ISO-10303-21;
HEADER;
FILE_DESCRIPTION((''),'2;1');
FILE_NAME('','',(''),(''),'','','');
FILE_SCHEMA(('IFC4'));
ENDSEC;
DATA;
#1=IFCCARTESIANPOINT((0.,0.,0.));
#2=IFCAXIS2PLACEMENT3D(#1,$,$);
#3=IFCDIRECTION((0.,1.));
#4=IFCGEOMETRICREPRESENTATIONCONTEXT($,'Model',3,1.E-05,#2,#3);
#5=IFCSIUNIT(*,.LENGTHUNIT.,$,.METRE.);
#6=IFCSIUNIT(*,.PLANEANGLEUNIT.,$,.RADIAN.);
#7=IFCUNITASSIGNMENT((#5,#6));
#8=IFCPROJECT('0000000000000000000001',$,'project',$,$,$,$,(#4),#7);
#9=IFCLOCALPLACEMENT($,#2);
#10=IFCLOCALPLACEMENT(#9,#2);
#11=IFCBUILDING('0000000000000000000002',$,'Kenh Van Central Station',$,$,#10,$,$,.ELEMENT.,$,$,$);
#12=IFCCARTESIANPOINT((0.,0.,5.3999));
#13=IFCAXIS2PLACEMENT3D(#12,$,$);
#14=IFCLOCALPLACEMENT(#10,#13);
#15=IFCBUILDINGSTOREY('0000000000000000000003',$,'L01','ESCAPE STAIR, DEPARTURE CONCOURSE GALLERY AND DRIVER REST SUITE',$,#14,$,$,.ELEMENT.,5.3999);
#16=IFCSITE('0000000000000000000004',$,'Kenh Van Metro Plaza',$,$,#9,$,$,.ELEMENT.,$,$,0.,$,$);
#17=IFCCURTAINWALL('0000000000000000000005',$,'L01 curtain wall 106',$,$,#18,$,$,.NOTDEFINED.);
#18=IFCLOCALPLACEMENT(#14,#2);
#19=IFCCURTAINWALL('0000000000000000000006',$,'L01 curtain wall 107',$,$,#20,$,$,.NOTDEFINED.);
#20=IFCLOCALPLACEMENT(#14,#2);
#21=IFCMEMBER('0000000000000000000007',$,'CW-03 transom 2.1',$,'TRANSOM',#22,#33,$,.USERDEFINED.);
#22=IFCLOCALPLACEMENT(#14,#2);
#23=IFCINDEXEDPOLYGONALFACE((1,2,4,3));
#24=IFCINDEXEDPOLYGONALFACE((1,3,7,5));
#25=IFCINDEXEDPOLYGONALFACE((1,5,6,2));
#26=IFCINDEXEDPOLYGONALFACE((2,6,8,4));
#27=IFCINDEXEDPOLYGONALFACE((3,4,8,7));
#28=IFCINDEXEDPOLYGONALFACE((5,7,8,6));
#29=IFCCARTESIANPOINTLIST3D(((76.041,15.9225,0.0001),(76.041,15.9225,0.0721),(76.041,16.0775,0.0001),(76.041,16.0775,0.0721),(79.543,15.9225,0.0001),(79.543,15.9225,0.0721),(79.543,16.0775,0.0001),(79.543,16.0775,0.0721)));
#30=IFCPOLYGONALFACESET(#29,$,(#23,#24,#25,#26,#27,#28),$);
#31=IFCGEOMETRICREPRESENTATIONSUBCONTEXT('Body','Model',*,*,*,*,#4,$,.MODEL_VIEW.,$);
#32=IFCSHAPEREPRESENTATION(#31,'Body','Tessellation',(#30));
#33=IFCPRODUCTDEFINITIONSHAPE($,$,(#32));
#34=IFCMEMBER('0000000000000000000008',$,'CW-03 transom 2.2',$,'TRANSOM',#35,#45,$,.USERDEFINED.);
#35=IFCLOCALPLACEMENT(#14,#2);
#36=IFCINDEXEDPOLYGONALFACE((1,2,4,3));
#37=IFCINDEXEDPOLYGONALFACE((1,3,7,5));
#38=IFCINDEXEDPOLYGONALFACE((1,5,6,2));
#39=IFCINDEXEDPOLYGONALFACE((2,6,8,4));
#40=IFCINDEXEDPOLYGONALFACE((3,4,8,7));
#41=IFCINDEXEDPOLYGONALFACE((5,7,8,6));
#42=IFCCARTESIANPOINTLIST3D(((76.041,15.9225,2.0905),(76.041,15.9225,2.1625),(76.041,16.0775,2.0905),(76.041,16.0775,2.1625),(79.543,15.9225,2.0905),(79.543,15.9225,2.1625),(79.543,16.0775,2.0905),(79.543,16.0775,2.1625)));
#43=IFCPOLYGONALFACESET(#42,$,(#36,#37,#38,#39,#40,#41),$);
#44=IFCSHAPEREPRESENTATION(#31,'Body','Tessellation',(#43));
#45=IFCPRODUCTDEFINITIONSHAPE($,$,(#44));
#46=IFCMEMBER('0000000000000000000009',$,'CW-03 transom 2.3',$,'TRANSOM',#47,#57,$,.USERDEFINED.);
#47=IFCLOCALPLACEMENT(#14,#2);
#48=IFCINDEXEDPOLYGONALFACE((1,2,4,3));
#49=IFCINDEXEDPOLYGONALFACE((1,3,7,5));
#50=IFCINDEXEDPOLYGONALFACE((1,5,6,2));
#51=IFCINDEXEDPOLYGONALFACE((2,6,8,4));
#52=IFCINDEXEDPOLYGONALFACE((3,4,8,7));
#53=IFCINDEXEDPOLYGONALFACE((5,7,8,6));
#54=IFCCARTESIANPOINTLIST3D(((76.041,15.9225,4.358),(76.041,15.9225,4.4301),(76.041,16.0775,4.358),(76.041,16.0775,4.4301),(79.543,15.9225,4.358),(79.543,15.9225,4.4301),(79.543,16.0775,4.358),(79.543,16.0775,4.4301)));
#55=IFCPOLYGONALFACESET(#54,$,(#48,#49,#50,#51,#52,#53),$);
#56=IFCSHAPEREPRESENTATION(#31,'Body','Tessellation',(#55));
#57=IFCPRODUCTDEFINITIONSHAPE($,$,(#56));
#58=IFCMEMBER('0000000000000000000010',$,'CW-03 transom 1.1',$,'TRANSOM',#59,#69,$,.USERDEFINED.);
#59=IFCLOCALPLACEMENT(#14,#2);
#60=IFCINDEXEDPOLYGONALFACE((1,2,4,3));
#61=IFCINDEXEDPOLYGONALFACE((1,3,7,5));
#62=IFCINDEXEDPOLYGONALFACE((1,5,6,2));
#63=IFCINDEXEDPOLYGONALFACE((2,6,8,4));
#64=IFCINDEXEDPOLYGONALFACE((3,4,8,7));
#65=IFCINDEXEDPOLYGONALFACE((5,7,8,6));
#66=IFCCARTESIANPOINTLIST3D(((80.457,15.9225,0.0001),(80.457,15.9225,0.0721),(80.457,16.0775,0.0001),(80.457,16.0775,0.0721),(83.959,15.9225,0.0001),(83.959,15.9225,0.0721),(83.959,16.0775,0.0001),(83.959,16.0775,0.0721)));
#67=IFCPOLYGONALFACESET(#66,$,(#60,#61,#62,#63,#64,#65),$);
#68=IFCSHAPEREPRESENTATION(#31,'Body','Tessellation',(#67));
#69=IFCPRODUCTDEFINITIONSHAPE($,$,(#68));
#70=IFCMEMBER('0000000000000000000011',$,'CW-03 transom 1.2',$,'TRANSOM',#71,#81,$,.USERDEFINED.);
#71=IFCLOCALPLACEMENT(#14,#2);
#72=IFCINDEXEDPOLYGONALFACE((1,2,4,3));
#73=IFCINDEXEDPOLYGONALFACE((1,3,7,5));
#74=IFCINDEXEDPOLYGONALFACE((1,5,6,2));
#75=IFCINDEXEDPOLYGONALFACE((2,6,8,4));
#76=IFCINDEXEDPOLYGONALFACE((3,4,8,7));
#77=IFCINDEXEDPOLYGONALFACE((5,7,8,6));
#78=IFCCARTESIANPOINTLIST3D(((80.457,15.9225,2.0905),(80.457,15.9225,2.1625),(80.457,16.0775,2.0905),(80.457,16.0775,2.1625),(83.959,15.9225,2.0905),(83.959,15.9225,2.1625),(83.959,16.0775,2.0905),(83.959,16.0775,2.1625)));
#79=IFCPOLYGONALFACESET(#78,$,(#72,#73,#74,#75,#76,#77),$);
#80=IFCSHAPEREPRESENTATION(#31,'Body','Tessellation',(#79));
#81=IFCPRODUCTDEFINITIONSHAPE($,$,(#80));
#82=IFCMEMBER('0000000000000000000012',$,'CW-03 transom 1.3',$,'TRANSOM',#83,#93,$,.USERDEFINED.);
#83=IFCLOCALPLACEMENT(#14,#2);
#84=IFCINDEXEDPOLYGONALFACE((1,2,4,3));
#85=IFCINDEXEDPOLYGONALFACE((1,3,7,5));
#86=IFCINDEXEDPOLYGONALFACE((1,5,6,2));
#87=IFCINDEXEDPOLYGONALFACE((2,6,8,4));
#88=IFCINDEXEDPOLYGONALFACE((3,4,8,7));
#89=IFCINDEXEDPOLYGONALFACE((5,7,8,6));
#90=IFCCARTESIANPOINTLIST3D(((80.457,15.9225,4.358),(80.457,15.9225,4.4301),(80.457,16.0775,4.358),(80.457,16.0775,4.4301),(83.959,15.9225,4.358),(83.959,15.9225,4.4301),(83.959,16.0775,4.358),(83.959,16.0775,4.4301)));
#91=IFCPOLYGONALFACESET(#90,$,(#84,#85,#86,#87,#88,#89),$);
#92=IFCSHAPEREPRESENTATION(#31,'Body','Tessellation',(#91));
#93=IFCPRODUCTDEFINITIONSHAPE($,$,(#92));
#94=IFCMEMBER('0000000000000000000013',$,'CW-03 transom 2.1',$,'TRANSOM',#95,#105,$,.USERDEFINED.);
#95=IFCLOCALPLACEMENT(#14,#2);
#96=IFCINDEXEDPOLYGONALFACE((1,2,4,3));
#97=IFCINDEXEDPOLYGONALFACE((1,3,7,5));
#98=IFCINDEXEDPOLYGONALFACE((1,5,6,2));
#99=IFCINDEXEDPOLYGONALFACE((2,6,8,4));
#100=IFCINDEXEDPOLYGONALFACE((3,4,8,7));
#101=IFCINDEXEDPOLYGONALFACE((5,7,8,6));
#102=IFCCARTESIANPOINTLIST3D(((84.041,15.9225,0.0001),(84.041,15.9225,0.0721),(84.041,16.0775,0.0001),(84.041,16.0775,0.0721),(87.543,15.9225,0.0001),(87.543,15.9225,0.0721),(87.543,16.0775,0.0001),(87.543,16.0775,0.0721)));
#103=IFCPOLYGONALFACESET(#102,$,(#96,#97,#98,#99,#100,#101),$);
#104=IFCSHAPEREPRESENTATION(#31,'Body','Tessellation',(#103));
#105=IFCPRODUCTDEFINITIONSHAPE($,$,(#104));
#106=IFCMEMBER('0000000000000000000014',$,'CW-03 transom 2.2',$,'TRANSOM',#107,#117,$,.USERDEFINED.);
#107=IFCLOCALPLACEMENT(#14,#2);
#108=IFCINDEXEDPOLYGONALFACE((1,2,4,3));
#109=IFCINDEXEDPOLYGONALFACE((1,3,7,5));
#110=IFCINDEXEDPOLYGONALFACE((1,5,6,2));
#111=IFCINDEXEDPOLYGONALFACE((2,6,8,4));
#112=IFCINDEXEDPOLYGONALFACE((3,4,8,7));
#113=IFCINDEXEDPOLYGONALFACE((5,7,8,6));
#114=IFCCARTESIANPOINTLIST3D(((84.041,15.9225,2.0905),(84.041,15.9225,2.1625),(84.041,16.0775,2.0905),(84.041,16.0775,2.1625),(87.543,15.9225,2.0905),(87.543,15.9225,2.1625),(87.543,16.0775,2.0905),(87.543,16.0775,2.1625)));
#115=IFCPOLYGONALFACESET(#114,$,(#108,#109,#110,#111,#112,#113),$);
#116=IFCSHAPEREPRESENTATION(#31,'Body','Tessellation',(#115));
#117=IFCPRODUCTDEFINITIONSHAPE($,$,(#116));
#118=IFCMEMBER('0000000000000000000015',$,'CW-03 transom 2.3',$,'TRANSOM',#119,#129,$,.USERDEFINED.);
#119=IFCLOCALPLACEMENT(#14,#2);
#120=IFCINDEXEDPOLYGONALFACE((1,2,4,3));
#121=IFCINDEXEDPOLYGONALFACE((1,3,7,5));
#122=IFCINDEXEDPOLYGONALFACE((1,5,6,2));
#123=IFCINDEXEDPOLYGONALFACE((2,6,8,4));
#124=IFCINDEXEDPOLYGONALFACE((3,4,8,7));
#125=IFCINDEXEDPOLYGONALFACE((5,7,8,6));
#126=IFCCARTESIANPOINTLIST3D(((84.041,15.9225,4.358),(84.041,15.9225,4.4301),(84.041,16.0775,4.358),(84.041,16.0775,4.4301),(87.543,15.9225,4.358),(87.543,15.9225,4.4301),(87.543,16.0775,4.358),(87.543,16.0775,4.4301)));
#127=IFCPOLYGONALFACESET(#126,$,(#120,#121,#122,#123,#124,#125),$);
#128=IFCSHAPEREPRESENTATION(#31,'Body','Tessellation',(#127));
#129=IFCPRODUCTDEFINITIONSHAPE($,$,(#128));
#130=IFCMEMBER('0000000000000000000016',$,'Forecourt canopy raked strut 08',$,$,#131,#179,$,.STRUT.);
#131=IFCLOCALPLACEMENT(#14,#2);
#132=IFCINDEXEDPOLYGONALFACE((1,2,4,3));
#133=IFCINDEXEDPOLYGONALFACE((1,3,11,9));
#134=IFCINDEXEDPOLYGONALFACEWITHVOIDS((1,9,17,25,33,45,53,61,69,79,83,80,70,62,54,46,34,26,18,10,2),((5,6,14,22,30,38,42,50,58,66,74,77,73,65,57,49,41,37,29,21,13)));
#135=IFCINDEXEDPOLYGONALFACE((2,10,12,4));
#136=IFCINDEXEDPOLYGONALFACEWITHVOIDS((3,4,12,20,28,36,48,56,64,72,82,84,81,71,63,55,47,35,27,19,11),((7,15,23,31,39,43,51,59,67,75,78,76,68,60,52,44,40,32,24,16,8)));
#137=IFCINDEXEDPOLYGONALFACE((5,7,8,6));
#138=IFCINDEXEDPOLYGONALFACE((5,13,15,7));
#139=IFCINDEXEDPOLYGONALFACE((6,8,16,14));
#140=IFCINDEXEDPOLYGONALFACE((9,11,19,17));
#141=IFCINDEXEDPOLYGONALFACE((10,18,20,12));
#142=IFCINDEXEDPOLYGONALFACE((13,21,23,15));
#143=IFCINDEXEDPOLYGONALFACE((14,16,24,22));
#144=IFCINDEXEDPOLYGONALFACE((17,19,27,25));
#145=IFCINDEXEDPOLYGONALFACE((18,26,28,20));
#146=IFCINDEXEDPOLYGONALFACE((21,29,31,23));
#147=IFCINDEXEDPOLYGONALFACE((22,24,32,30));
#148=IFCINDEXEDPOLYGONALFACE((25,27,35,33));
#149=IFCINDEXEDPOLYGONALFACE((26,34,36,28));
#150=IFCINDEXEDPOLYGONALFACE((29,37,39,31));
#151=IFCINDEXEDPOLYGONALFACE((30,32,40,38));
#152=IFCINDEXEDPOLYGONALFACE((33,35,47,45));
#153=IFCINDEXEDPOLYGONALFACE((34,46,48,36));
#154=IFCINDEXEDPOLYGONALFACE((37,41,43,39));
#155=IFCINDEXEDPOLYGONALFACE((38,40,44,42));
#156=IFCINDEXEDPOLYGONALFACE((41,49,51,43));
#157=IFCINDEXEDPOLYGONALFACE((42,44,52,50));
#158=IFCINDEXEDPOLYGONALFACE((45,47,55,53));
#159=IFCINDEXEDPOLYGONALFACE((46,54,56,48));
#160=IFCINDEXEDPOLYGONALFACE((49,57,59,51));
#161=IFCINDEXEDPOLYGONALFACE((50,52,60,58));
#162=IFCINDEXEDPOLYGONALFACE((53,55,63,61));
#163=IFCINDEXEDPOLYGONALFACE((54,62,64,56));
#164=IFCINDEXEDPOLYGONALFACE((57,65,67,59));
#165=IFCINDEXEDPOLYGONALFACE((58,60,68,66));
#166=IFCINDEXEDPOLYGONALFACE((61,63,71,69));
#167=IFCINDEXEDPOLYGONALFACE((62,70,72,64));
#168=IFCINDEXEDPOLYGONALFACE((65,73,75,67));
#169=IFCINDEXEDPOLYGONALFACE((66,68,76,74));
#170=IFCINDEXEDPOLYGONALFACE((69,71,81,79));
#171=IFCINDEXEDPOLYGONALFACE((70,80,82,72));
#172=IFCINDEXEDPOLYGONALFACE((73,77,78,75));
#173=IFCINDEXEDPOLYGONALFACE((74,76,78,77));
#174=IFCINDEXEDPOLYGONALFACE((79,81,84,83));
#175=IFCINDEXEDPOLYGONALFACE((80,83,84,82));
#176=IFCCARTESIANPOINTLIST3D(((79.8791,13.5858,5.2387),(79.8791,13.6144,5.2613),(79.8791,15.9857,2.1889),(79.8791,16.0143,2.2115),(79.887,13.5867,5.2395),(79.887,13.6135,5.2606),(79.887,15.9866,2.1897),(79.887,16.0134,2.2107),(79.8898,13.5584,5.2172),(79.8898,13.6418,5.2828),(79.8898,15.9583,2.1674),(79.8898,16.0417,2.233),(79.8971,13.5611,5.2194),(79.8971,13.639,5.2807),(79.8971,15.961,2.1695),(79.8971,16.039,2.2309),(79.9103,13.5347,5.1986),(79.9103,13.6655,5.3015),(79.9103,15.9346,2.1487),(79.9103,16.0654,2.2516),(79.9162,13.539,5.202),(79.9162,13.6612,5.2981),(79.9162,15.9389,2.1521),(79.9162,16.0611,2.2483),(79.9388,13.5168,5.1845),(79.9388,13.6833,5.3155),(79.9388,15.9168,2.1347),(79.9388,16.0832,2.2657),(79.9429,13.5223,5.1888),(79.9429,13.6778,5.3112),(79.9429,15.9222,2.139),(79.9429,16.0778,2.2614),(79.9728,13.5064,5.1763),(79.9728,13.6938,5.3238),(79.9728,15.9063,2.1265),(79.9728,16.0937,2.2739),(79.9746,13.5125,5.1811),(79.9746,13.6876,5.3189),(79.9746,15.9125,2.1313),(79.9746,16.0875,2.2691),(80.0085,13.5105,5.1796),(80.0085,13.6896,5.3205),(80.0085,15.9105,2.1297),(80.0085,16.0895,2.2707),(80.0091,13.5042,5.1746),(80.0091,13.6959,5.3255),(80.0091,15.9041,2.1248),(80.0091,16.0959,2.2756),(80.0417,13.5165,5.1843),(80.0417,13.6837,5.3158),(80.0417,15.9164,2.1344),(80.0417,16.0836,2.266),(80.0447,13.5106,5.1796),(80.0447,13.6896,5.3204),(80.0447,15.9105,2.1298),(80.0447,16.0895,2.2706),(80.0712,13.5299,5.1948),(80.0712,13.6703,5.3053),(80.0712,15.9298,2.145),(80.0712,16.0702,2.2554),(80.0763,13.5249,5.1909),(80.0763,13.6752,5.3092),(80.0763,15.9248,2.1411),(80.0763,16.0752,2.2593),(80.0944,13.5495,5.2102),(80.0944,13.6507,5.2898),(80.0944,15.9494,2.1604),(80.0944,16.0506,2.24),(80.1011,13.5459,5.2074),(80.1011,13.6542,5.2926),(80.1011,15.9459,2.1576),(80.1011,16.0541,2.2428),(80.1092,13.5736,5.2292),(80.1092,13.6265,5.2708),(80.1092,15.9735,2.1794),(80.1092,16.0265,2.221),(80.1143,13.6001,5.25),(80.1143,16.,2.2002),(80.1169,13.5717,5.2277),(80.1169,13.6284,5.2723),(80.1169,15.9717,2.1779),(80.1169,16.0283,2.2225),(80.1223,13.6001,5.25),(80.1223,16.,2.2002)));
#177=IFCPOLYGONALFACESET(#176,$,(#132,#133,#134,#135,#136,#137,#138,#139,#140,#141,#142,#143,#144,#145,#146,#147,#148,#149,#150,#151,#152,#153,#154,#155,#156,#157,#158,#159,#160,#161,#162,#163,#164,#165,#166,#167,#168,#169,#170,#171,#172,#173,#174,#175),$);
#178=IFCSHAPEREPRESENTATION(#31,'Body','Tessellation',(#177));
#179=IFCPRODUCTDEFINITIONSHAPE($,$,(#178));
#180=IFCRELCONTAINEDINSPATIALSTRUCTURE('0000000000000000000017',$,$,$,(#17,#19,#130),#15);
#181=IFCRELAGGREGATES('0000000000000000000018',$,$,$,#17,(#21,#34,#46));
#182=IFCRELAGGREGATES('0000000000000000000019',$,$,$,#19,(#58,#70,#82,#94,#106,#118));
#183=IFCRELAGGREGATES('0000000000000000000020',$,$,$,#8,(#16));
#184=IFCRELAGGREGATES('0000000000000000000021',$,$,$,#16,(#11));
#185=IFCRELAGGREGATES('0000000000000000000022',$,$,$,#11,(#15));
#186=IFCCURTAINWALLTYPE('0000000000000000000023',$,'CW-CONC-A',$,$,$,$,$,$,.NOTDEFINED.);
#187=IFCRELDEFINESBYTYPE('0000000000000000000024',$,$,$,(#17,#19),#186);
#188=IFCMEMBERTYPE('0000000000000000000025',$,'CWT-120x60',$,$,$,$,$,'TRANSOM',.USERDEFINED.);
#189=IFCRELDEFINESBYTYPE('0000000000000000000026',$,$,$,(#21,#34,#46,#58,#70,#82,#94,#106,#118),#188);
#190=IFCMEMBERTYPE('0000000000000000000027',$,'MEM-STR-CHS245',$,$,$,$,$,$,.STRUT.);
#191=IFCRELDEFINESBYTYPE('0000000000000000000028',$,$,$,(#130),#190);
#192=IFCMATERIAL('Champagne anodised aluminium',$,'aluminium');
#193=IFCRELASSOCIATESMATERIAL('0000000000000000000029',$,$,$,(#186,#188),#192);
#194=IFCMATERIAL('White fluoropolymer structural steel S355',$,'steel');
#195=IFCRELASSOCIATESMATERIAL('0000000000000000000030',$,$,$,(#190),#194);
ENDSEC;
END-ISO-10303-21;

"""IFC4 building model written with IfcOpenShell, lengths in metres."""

from ifc_helpers import new_model, si_unit, direction, frame, origin, origin_2d, place, context, subcontext, project, spatial, rectangle, hollow_circle, extrude, material, material_profile, profile_set, type_object, element, aggregate, save


model = new_model("IFC4")

# Units and contexts
model_context = context("Model", 3, precision=1e-05, world=origin(), true_north=direction((0.0, 1.0)))
body_context = subcontext(model_context, "Body", "Model", "MODEL_VIEW")
ifc_project = project(units=[si_unit("LENGTHUNIT", "METRE"), si_unit("PLANEANGLEUNIT", "RADIAN")], contexts=[model_context])

# Site, building, storey
site_placement = place(None, origin())
site = spatial("IfcSite", under=ifc_project, at=site_placement, Name="Kenh Van Metro Plaza", CompositionType="ELEMENT", RefElevation=0.0)
building_placement = place(site_placement, origin())
building = spatial("IfcBuilding", under=site, at=building_placement, Name="Kenh Van Central Station", CompositionType="ELEMENT")
storey_placement = place(building_placement, frame((0.0, 0.0, 5.3999)))
storey = spatial("IfcBuildingStorey", under=building, at=storey_placement, Name="L01", Description="ESCAPE STAIR, DEPARTURE CONCOURSE GALLERY AND DRIVER REST SUITE", CompositionType="ELEMENT", Elevation=5.3999)

# Curtain walls
ifc_material_1 = material(Name="Champagne anodised aluminium", Category="aluminium")
curtain_wall_type = type_object("IfcCurtainWallType", Name="CW-CONC-A", PredefinedType="NOTDEFINED", material=ifc_material_1)
curtain_wall_1_placement = place(storey_placement, origin())
curtain_wall_1 = element("IfcCurtainWall", 1, at=curtain_wall_1_placement, inside=storey, type_object=curtain_wall_type, Name="L01 curtain wall 106", PredefinedType="NOTDEFINED")
curtain_wall_2_placement = place(storey_placement, origin())
curtain_wall_2 = element("IfcCurtainWall", 2, at=curtain_wall_2_placement, inside=storey, type_object=curtain_wall_type, Name="L01 curtain wall 107", PredefinedType="NOTDEFINED")

# Members
ifc_material_profile_1 = material_profile(ifc_material_1, rectangle(XDim=0.155, YDim=0.072, at=origin_2d()), Name="AL 155x72")
ifc_profile_set_1 = profile_set([ifc_material_profile_1], Name="Champagne anodised aluminium")
member_type_1 = type_object("IfcMemberType", Name="CWT-120x60", ElementType="TRANSOM", PredefinedType="USERDEFINED", material=ifc_profile_set_1)
member_1_placement = place(storey_placement, frame((76.041, 16.0, 0.0361), z_axis=(1.0, 0.0, 0.0), x_axis=(0.0, 1.0, 0.0)))
member_1 = element("IfcMember", 3, at=member_1_placement, type_object=member_type_1, Name="CW-03 transom 2.1", ObjectType="TRANSOM", PredefinedType="USERDEFINED", context=body_context, shape_type="SweptSolid", body=[
    extrude(rectangle(XDim=0.155, YDim=0.072, at=origin_2d()), origin(), (0.0, 0.0, 1.0), 3.502),
])
member_2_placement = place(storey_placement, frame((76.041, 16.0, 2.1265), z_axis=(1.0, 0.0, 0.0), x_axis=(0.0, 1.0, 0.0)))
member_2 = element("IfcMember", 4, at=member_2_placement, type_object=member_type_1, Name="CW-03 transom 2.2", ObjectType="TRANSOM", PredefinedType="USERDEFINED", context=body_context, shape_type="SweptSolid", body=[
    extrude(rectangle(XDim=0.155, YDim=0.072, at=origin_2d()), origin(), (0.0, 0.0, 1.0), 3.502),
])
member_3_placement = place(storey_placement, frame((76.041, 16.0, 4.394), z_axis=(1.0, 0.0, 0.0), x_axis=(0.0, 1.0, 0.0)))
member_3 = element("IfcMember", 5, at=member_3_placement, type_object=member_type_1, Name="CW-03 transom 2.3", ObjectType="TRANSOM", PredefinedType="USERDEFINED", context=body_context, shape_type="SweptSolid", body=[
    extrude(rectangle(XDim=0.155, YDim=0.072, at=origin_2d()), origin(), (0.0, 0.0, 1.0), 3.502),
])
member_4_placement = place(storey_placement, frame((80.457, 16.0, 0.0361), z_axis=(1.0, 0.0, 0.0), x_axis=(0.0, 1.0, 0.0)))
member_4 = element("IfcMember", 6, at=member_4_placement, type_object=member_type_1, Name="CW-03 transom 1.1", ObjectType="TRANSOM", PredefinedType="USERDEFINED", context=body_context, shape_type="SweptSolid", body=[
    extrude(rectangle(XDim=0.155, YDim=0.072, at=origin_2d()), origin(), (0.0, 0.0, 1.0), 3.502),
])
member_5_placement = place(storey_placement, frame((80.457, 16.0, 2.1265), z_axis=(1.0, 0.0, 0.0), x_axis=(0.0, 1.0, 0.0)))
member_5 = element("IfcMember", 7, at=member_5_placement, type_object=member_type_1, Name="CW-03 transom 1.2", ObjectType="TRANSOM", PredefinedType="USERDEFINED", context=body_context, shape_type="SweptSolid", body=[
    extrude(rectangle(XDim=0.155, YDim=0.072, at=origin_2d()), origin(), (0.0, 0.0, 1.0), 3.502),
])
member_6_placement = place(storey_placement, frame((80.457, 16.0, 4.394), z_axis=(1.0, 0.0, 0.0), x_axis=(0.0, 1.0, 0.0)))
member_6 = element("IfcMember", 8, at=member_6_placement, type_object=member_type_1, Name="CW-03 transom 1.3", ObjectType="TRANSOM", PredefinedType="USERDEFINED", context=body_context, shape_type="SweptSolid", body=[
    extrude(rectangle(XDim=0.155, YDim=0.072, at=origin_2d()), origin(), (0.0, 0.0, 1.0), 3.502),
])
member_7_placement = place(storey_placement, frame((84.041, 16.0, 0.0361), z_axis=(1.0, 0.0, 0.0), x_axis=(0.0, 1.0, 0.0)))
member_7 = element("IfcMember", 9, at=member_7_placement, type_object=member_type_1, Name="CW-03 transom 2.1", ObjectType="TRANSOM", PredefinedType="USERDEFINED", context=body_context, shape_type="SweptSolid", body=[
    extrude(rectangle(XDim=0.155, YDim=0.072, at=origin_2d()), origin(), (0.0, 0.0, 1.0), 3.502),
])
member_8_placement = place(storey_placement, frame((84.041, 16.0, 2.1265), z_axis=(1.0, 0.0, 0.0), x_axis=(0.0, 1.0, 0.0)))
member_8 = element("IfcMember", 10, at=member_8_placement, type_object=member_type_1, Name="CW-03 transom 2.2", ObjectType="TRANSOM", PredefinedType="USERDEFINED", context=body_context, shape_type="SweptSolid", body=[
    extrude(rectangle(XDim=0.155, YDim=0.072, at=origin_2d()), origin(), (0.0, 0.0, 1.0), 3.502),
])
member_9_placement = place(storey_placement, frame((84.041, 16.0, 4.394), z_axis=(1.0, 0.0, 0.0), x_axis=(0.0, 1.0, 0.0)))
member_9 = element("IfcMember", 11, at=member_9_placement, type_object=member_type_1, Name="CW-03 transom 2.3", ObjectType="TRANSOM", PredefinedType="USERDEFINED", context=body_context, shape_type="SweptSolid", body=[
    extrude(rectangle(XDim=0.155, YDim=0.072, at=origin_2d()), origin(), (0.0, 0.0, 1.0), 3.502),
])

# Member
ifc_material_2 = material(Name="White fluoropolymer structural steel S355", Category="steel")
ifc_material_profile_2 = material_profile(ifc_material_2, hollow_circle(Radius=0.1223, WallThickness=0.0081, at=origin_2d()), Name="CHS 244.5x8")
ifc_profile_set_2 = profile_set([ifc_material_profile_2], Name="White fluoropolymer structural steel S355")
member_type_2 = type_object("IfcMemberType", Name="MEM-STR-CHS245", PredefinedType="STRUT", material=ifc_profile_set_2)
member_10_placement = place(storey_placement, frame((80.0, 16.0, 2.2002), z_axis=(0.0, -0.618399, 0.785864), x_axis=(1.0, 0.0, 0.0)))
element("IfcMember", 12, at=member_10_placement, inside=storey, type_object=member_type_2, Name="Forecourt canopy raked strut 08", PredefinedType="STRUT", context=body_context, shape_type="SweptSolid", body=[
    extrude(hollow_circle(Radius=0.1223, WallThickness=0.0081, at=origin_2d()), origin(), (0.0, 0.0, 1.0), 3.8809),
])

aggregate(curtain_wall_1, [member_1, member_2, member_3])
aggregate(curtain_wall_2, [member_4, member_5, member_6, member_7, member_8, member_9])

save(model, "model.ifc")
